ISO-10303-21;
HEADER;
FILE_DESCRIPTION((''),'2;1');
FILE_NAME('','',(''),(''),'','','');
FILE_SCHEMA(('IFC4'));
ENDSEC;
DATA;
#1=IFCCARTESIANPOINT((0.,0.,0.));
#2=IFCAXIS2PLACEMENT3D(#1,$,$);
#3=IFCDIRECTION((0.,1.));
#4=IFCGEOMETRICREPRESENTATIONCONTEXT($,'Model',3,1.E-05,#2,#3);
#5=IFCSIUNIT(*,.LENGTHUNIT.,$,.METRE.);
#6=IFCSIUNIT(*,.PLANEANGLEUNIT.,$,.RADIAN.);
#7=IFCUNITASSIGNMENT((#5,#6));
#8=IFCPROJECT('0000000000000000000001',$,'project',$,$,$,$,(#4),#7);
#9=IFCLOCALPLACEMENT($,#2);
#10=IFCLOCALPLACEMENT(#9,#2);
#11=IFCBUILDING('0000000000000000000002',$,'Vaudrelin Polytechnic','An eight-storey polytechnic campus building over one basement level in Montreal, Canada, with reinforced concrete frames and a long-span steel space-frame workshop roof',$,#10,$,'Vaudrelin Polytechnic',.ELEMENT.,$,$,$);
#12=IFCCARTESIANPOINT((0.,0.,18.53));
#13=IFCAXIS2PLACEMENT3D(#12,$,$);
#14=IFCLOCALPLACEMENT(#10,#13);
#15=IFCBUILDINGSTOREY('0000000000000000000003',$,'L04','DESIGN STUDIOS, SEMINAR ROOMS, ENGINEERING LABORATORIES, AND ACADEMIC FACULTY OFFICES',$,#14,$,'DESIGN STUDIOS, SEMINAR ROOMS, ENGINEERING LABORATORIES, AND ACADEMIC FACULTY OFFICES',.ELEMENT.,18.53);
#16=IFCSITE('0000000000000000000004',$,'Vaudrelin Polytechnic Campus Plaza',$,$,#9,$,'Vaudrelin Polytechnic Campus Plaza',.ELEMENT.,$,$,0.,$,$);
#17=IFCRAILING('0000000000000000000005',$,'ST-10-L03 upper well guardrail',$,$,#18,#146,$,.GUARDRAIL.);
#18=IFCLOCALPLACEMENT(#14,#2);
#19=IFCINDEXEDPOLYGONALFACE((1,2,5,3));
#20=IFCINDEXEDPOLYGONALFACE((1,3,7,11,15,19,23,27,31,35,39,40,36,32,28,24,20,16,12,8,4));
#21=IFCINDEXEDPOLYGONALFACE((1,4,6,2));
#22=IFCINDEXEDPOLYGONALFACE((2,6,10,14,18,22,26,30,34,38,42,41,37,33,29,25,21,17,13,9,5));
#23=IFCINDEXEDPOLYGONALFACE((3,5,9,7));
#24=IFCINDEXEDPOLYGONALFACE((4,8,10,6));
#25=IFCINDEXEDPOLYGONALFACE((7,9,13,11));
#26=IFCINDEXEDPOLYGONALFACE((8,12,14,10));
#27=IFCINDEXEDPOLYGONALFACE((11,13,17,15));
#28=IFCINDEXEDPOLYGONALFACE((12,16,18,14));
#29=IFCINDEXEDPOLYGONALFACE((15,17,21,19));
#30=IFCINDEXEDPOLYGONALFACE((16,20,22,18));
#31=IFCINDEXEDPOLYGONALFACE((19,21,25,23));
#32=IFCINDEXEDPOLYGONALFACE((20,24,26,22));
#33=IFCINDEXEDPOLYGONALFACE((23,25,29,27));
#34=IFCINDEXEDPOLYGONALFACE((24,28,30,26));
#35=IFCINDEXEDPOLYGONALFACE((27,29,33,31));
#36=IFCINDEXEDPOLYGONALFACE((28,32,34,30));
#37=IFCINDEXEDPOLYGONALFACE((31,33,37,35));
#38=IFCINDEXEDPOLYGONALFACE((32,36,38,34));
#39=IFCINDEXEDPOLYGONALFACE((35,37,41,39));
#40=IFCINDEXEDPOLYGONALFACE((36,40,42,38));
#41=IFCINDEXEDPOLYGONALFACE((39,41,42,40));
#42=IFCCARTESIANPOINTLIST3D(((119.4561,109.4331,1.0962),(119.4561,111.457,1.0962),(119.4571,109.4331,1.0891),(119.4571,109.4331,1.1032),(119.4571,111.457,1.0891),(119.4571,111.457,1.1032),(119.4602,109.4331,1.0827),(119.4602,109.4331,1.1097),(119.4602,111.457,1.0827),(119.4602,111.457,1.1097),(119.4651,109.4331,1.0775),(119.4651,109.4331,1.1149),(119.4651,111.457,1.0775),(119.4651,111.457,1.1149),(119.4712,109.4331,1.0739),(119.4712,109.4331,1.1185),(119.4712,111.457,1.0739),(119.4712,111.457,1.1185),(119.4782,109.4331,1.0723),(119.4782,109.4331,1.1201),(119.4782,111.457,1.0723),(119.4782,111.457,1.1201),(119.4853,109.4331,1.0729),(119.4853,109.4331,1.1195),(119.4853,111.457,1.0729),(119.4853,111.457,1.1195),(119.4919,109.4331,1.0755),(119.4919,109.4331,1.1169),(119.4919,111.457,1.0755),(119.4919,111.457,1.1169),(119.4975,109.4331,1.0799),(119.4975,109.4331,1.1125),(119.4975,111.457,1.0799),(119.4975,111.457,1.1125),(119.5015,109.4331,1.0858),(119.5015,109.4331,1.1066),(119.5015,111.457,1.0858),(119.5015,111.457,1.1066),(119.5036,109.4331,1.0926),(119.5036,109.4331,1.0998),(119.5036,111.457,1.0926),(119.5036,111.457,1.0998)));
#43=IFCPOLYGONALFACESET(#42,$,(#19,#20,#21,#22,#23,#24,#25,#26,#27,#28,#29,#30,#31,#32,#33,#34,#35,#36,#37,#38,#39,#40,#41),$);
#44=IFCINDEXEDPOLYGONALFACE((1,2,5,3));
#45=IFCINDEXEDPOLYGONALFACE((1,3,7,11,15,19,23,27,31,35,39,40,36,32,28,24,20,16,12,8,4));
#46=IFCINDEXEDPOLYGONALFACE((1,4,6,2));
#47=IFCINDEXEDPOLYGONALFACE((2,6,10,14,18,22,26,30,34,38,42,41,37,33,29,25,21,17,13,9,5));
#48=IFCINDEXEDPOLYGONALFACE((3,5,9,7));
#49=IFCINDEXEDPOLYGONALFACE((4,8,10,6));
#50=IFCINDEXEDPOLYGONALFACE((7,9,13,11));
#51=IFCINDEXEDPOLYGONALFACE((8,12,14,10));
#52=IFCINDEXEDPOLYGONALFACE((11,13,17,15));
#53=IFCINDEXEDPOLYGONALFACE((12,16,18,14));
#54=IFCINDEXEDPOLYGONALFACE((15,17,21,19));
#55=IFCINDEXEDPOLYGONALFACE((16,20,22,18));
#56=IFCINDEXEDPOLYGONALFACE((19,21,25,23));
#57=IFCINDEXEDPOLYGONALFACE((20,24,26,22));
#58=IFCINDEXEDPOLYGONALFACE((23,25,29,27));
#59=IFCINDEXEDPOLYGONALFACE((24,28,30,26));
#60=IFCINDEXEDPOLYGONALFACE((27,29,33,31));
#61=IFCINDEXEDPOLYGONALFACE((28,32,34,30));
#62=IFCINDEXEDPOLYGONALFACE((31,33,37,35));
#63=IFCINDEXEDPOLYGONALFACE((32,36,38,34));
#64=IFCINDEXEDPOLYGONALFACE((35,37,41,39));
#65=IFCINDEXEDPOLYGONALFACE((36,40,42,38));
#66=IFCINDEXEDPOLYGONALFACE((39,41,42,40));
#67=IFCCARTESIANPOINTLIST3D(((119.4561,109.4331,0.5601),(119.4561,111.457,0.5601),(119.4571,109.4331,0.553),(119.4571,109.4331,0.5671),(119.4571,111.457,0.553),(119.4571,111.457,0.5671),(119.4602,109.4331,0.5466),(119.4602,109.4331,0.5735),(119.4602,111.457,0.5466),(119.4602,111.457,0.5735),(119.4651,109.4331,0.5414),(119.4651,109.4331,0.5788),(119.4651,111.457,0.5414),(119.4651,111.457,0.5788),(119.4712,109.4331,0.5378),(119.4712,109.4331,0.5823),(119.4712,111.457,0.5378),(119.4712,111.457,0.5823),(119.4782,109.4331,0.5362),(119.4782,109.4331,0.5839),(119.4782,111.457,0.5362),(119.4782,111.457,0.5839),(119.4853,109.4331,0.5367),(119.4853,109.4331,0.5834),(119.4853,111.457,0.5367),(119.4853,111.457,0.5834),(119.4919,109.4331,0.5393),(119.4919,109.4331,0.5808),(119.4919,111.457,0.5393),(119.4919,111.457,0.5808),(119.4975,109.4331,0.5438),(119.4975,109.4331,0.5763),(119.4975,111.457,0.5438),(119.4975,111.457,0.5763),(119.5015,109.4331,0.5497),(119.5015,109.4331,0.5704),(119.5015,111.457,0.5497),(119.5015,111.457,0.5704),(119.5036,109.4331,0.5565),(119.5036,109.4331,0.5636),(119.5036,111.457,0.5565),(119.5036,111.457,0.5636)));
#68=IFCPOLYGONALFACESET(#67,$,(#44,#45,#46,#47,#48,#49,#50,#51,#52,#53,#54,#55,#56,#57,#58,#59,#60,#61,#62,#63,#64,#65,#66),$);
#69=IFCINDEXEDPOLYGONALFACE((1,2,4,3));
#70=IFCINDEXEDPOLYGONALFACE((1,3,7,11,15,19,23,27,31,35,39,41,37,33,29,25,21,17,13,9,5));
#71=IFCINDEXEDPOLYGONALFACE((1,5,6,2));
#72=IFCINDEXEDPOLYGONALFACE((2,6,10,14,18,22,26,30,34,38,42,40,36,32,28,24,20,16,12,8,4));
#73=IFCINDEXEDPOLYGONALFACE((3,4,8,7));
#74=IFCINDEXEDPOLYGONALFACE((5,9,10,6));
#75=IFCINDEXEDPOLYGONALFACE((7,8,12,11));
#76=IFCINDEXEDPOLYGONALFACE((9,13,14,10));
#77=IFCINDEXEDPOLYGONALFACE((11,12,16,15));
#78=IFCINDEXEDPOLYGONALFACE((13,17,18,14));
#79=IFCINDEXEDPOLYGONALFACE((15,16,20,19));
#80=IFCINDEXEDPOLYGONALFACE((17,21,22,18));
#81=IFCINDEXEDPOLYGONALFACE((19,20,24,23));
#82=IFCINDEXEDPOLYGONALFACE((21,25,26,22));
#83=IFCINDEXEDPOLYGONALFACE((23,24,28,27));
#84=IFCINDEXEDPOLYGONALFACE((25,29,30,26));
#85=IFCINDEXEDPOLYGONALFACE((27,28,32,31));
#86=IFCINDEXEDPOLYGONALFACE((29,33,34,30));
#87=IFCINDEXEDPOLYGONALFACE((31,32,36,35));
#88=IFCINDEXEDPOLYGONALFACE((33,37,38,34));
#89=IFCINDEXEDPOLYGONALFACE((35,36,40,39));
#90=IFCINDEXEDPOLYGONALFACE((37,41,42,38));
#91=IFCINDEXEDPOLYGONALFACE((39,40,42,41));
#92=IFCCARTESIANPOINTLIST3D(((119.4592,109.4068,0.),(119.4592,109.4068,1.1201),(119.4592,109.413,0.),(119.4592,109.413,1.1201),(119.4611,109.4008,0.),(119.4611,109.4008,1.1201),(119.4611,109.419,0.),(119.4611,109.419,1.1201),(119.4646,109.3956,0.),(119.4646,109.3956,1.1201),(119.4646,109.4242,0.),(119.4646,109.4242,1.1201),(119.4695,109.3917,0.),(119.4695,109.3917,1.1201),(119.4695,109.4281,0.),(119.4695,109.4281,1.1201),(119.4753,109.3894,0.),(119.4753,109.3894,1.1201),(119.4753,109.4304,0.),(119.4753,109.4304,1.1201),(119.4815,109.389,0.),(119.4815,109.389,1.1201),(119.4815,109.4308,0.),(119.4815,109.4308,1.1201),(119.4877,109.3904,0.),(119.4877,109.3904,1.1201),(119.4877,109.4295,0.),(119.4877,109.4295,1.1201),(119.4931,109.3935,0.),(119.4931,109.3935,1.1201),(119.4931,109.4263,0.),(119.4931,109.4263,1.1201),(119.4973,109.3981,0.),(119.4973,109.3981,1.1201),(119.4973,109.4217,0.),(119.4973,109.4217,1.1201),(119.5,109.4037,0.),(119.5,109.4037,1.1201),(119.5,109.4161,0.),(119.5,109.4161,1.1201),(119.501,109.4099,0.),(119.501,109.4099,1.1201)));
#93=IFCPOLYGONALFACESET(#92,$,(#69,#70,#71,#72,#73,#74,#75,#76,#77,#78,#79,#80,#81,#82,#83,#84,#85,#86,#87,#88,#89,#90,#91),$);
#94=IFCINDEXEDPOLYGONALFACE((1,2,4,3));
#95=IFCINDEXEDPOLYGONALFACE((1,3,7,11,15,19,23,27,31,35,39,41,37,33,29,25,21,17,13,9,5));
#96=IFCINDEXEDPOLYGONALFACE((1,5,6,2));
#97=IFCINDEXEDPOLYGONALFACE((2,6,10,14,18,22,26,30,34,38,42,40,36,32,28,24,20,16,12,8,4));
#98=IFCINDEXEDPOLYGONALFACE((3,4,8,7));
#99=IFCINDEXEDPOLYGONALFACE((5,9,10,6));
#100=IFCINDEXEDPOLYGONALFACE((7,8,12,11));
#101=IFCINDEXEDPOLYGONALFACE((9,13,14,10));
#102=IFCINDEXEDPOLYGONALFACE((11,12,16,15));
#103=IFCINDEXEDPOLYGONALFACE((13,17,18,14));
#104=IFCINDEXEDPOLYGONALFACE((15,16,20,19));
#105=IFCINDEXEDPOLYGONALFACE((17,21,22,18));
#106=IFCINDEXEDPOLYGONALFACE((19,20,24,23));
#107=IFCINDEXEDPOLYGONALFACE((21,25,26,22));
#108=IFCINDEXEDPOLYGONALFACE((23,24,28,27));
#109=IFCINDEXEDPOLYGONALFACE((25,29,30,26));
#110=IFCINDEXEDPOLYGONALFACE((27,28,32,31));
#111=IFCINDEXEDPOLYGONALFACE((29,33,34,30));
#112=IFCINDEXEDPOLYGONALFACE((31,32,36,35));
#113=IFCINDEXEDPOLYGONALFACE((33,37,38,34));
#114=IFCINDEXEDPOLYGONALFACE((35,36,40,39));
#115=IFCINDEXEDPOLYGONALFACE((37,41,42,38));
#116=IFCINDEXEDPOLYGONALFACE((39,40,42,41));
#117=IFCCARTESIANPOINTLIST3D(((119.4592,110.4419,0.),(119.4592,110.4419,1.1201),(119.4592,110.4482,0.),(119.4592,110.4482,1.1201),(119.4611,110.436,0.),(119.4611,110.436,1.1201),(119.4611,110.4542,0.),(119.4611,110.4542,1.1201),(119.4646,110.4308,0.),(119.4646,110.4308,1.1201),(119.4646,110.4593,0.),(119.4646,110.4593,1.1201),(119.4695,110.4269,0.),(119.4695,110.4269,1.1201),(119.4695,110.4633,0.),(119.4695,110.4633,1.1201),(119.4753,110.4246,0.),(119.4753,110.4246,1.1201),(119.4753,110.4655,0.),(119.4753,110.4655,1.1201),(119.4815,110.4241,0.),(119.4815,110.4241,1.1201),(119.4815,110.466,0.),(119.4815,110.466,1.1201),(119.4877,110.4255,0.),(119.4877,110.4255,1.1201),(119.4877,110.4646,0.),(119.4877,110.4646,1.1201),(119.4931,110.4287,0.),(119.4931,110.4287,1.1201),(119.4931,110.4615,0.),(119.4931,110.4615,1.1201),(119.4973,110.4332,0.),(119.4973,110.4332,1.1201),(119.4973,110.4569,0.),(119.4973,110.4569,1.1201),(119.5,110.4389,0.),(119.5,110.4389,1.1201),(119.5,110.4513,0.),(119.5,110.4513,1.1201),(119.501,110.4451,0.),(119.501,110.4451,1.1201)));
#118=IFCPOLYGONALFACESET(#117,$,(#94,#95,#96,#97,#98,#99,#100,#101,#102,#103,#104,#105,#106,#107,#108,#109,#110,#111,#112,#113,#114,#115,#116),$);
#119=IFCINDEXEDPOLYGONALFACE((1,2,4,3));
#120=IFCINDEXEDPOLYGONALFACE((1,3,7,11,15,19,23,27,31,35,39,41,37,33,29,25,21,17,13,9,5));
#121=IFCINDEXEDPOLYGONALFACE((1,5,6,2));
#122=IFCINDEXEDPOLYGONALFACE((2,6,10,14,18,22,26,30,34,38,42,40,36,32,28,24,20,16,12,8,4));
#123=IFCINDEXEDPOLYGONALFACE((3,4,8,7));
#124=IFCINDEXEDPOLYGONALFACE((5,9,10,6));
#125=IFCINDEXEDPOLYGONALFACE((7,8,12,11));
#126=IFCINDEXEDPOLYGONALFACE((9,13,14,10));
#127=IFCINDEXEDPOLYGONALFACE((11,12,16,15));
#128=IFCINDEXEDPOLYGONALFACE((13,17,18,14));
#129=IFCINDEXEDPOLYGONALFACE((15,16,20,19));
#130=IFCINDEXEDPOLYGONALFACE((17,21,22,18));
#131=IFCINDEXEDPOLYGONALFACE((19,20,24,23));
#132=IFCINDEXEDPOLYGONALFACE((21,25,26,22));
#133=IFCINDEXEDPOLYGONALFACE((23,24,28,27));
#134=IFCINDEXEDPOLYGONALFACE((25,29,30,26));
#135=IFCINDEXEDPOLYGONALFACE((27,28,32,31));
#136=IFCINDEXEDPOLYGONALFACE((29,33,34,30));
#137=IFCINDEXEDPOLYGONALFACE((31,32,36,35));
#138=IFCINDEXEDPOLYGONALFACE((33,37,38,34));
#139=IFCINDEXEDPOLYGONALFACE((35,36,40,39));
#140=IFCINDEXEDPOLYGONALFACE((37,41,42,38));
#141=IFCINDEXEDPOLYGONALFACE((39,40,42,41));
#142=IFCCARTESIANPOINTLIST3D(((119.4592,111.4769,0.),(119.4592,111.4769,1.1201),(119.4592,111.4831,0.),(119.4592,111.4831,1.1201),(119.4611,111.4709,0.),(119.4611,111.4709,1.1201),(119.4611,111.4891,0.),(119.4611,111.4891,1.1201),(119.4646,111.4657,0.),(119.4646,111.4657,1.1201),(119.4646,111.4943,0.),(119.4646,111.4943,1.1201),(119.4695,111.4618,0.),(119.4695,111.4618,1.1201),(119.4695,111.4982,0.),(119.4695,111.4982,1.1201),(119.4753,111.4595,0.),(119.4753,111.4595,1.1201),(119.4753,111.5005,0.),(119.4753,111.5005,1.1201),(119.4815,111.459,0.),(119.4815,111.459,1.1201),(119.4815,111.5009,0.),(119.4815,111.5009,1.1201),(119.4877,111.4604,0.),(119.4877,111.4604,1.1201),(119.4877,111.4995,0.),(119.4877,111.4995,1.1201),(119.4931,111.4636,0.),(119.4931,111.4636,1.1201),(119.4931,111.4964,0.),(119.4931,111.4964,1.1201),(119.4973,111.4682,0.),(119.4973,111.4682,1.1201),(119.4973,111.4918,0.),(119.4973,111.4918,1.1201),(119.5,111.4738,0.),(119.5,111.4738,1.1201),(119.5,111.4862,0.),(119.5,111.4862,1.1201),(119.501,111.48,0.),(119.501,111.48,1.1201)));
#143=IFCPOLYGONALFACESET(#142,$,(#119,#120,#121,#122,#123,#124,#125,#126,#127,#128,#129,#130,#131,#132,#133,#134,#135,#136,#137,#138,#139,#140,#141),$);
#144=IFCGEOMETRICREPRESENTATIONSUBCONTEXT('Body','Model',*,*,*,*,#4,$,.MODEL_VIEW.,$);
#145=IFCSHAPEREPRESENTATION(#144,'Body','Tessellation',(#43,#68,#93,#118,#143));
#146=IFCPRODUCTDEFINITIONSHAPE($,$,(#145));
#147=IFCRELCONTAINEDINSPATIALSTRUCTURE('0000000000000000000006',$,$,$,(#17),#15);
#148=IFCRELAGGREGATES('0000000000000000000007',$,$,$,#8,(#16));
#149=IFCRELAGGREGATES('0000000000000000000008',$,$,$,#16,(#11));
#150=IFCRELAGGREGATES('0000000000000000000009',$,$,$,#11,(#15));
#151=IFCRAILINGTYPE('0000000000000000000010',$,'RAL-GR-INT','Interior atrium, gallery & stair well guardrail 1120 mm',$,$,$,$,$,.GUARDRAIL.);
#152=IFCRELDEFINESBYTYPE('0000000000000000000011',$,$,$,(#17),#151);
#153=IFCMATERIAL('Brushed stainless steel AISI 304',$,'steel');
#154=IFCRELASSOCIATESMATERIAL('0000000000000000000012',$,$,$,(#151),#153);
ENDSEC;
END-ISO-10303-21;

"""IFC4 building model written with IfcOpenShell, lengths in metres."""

from ifc_helpers import new_model, si_unit, direction, frame, origin, origin_2d, place, context, subcontext, project, spatial, circle, extrude, material, type_object, element, save


model = new_model("IFC4")

# Units and contexts
model_context = context("Model", 3, precision=1e-05, world=origin(), true_north=direction((0.0, 1.0)))
body_context = subcontext(model_context, "Body", "Model", "MODEL_VIEW")
ifc_project = project(units=[si_unit("LENGTHUNIT", "METRE"), si_unit("PLANEANGLEUNIT", "RADIAN")], contexts=[model_context])

# Site, building, storey
site_placement = place(None, origin())
site = spatial("IfcSite", under=ifc_project, at=site_placement, Name="Vaudrelin Polytechnic Campus Plaza", LongName="Vaudrelin Polytechnic Campus Plaza", CompositionType="ELEMENT", RefElevation=0.0)
building_placement = place(site_placement, origin())
building = spatial("IfcBuilding", under=site, at=building_placement, Name="Vaudrelin Polytechnic", Description="An eight-storey polytechnic campus building over one basement level in Montreal, Canada, with reinforced concrete frames and a long-span steel space-frame workshop roof", LongName="Vaudrelin Polytechnic", CompositionType="ELEMENT")
storey_placement = place(building_placement, frame((0.0, 0.0, 18.53)))
storey = spatial("IfcBuildingStorey", under=building, at=storey_placement, Name="L04", Description="DESIGN STUDIOS, SEMINAR ROOMS, ENGINEERING LABORATORIES, AND ACADEMIC FACULTY OFFICES", LongName="DESIGN STUDIOS, SEMINAR ROOMS, ENGINEERING LABORATORIES, AND ACADEMIC FACULTY OFFICES", CompositionType="ELEMENT", Elevation=18.53)

# Railing
ifc_material_1 = material(Name="Brushed stainless steel AISI 304", Category="steel")
railing_type_1 = type_object("IfcRailingType", Name="RAL-GR-INT", Description="Interior atrium, gallery & stair well guardrail 1120 mm", PredefinedType="GUARDRAIL", material=ifc_material_1)
railing_1_placement = place(storey_placement, frame((119.48, 109.4099, 0.0)))
element("IfcRailing", 1, at=railing_1_placement, inside=storey, type_object=railing_type_1, Name="ST-10-L03 upper well guardrail", PredefinedType="GUARDRAIL", context=body_context, shape_type="SweptSolid", body=[
    extrude(circle(Radius=0.0239, at=origin_2d()), frame((0.0, 0.0232, 1.0962), z_axis=(0.0, 1.0, 0.0), x_axis=(-1.0, 0.0, 0.0)), (0.0, 0.0, 1.0), 2.0239),
    extrude(circle(Radius=0.0239, at=origin_2d()), frame((0.0, 0.0232, 0.5601), z_axis=(0.0, 1.0, 0.0), x_axis=(-1.0, 0.0, 0.0)), (0.0, 0.0, 1.0), 2.0239),
    extrude(circle(Radius=0.021, at=origin_2d()), origin(), (0.0, 0.0, 1.0), 1.1201),
    extrude(circle(Radius=0.021, at=origin_2d()), frame((0.0, 1.0352, 0.0)), (0.0, 0.0, 1.0), 1.1201),
    extrude(circle(Radius=0.021, at=origin_2d()), frame((0.0, 2.0701, 0.0)), (0.0, 0.0, 1.0), 1.1201),
])

save(model, "model.ifc")
